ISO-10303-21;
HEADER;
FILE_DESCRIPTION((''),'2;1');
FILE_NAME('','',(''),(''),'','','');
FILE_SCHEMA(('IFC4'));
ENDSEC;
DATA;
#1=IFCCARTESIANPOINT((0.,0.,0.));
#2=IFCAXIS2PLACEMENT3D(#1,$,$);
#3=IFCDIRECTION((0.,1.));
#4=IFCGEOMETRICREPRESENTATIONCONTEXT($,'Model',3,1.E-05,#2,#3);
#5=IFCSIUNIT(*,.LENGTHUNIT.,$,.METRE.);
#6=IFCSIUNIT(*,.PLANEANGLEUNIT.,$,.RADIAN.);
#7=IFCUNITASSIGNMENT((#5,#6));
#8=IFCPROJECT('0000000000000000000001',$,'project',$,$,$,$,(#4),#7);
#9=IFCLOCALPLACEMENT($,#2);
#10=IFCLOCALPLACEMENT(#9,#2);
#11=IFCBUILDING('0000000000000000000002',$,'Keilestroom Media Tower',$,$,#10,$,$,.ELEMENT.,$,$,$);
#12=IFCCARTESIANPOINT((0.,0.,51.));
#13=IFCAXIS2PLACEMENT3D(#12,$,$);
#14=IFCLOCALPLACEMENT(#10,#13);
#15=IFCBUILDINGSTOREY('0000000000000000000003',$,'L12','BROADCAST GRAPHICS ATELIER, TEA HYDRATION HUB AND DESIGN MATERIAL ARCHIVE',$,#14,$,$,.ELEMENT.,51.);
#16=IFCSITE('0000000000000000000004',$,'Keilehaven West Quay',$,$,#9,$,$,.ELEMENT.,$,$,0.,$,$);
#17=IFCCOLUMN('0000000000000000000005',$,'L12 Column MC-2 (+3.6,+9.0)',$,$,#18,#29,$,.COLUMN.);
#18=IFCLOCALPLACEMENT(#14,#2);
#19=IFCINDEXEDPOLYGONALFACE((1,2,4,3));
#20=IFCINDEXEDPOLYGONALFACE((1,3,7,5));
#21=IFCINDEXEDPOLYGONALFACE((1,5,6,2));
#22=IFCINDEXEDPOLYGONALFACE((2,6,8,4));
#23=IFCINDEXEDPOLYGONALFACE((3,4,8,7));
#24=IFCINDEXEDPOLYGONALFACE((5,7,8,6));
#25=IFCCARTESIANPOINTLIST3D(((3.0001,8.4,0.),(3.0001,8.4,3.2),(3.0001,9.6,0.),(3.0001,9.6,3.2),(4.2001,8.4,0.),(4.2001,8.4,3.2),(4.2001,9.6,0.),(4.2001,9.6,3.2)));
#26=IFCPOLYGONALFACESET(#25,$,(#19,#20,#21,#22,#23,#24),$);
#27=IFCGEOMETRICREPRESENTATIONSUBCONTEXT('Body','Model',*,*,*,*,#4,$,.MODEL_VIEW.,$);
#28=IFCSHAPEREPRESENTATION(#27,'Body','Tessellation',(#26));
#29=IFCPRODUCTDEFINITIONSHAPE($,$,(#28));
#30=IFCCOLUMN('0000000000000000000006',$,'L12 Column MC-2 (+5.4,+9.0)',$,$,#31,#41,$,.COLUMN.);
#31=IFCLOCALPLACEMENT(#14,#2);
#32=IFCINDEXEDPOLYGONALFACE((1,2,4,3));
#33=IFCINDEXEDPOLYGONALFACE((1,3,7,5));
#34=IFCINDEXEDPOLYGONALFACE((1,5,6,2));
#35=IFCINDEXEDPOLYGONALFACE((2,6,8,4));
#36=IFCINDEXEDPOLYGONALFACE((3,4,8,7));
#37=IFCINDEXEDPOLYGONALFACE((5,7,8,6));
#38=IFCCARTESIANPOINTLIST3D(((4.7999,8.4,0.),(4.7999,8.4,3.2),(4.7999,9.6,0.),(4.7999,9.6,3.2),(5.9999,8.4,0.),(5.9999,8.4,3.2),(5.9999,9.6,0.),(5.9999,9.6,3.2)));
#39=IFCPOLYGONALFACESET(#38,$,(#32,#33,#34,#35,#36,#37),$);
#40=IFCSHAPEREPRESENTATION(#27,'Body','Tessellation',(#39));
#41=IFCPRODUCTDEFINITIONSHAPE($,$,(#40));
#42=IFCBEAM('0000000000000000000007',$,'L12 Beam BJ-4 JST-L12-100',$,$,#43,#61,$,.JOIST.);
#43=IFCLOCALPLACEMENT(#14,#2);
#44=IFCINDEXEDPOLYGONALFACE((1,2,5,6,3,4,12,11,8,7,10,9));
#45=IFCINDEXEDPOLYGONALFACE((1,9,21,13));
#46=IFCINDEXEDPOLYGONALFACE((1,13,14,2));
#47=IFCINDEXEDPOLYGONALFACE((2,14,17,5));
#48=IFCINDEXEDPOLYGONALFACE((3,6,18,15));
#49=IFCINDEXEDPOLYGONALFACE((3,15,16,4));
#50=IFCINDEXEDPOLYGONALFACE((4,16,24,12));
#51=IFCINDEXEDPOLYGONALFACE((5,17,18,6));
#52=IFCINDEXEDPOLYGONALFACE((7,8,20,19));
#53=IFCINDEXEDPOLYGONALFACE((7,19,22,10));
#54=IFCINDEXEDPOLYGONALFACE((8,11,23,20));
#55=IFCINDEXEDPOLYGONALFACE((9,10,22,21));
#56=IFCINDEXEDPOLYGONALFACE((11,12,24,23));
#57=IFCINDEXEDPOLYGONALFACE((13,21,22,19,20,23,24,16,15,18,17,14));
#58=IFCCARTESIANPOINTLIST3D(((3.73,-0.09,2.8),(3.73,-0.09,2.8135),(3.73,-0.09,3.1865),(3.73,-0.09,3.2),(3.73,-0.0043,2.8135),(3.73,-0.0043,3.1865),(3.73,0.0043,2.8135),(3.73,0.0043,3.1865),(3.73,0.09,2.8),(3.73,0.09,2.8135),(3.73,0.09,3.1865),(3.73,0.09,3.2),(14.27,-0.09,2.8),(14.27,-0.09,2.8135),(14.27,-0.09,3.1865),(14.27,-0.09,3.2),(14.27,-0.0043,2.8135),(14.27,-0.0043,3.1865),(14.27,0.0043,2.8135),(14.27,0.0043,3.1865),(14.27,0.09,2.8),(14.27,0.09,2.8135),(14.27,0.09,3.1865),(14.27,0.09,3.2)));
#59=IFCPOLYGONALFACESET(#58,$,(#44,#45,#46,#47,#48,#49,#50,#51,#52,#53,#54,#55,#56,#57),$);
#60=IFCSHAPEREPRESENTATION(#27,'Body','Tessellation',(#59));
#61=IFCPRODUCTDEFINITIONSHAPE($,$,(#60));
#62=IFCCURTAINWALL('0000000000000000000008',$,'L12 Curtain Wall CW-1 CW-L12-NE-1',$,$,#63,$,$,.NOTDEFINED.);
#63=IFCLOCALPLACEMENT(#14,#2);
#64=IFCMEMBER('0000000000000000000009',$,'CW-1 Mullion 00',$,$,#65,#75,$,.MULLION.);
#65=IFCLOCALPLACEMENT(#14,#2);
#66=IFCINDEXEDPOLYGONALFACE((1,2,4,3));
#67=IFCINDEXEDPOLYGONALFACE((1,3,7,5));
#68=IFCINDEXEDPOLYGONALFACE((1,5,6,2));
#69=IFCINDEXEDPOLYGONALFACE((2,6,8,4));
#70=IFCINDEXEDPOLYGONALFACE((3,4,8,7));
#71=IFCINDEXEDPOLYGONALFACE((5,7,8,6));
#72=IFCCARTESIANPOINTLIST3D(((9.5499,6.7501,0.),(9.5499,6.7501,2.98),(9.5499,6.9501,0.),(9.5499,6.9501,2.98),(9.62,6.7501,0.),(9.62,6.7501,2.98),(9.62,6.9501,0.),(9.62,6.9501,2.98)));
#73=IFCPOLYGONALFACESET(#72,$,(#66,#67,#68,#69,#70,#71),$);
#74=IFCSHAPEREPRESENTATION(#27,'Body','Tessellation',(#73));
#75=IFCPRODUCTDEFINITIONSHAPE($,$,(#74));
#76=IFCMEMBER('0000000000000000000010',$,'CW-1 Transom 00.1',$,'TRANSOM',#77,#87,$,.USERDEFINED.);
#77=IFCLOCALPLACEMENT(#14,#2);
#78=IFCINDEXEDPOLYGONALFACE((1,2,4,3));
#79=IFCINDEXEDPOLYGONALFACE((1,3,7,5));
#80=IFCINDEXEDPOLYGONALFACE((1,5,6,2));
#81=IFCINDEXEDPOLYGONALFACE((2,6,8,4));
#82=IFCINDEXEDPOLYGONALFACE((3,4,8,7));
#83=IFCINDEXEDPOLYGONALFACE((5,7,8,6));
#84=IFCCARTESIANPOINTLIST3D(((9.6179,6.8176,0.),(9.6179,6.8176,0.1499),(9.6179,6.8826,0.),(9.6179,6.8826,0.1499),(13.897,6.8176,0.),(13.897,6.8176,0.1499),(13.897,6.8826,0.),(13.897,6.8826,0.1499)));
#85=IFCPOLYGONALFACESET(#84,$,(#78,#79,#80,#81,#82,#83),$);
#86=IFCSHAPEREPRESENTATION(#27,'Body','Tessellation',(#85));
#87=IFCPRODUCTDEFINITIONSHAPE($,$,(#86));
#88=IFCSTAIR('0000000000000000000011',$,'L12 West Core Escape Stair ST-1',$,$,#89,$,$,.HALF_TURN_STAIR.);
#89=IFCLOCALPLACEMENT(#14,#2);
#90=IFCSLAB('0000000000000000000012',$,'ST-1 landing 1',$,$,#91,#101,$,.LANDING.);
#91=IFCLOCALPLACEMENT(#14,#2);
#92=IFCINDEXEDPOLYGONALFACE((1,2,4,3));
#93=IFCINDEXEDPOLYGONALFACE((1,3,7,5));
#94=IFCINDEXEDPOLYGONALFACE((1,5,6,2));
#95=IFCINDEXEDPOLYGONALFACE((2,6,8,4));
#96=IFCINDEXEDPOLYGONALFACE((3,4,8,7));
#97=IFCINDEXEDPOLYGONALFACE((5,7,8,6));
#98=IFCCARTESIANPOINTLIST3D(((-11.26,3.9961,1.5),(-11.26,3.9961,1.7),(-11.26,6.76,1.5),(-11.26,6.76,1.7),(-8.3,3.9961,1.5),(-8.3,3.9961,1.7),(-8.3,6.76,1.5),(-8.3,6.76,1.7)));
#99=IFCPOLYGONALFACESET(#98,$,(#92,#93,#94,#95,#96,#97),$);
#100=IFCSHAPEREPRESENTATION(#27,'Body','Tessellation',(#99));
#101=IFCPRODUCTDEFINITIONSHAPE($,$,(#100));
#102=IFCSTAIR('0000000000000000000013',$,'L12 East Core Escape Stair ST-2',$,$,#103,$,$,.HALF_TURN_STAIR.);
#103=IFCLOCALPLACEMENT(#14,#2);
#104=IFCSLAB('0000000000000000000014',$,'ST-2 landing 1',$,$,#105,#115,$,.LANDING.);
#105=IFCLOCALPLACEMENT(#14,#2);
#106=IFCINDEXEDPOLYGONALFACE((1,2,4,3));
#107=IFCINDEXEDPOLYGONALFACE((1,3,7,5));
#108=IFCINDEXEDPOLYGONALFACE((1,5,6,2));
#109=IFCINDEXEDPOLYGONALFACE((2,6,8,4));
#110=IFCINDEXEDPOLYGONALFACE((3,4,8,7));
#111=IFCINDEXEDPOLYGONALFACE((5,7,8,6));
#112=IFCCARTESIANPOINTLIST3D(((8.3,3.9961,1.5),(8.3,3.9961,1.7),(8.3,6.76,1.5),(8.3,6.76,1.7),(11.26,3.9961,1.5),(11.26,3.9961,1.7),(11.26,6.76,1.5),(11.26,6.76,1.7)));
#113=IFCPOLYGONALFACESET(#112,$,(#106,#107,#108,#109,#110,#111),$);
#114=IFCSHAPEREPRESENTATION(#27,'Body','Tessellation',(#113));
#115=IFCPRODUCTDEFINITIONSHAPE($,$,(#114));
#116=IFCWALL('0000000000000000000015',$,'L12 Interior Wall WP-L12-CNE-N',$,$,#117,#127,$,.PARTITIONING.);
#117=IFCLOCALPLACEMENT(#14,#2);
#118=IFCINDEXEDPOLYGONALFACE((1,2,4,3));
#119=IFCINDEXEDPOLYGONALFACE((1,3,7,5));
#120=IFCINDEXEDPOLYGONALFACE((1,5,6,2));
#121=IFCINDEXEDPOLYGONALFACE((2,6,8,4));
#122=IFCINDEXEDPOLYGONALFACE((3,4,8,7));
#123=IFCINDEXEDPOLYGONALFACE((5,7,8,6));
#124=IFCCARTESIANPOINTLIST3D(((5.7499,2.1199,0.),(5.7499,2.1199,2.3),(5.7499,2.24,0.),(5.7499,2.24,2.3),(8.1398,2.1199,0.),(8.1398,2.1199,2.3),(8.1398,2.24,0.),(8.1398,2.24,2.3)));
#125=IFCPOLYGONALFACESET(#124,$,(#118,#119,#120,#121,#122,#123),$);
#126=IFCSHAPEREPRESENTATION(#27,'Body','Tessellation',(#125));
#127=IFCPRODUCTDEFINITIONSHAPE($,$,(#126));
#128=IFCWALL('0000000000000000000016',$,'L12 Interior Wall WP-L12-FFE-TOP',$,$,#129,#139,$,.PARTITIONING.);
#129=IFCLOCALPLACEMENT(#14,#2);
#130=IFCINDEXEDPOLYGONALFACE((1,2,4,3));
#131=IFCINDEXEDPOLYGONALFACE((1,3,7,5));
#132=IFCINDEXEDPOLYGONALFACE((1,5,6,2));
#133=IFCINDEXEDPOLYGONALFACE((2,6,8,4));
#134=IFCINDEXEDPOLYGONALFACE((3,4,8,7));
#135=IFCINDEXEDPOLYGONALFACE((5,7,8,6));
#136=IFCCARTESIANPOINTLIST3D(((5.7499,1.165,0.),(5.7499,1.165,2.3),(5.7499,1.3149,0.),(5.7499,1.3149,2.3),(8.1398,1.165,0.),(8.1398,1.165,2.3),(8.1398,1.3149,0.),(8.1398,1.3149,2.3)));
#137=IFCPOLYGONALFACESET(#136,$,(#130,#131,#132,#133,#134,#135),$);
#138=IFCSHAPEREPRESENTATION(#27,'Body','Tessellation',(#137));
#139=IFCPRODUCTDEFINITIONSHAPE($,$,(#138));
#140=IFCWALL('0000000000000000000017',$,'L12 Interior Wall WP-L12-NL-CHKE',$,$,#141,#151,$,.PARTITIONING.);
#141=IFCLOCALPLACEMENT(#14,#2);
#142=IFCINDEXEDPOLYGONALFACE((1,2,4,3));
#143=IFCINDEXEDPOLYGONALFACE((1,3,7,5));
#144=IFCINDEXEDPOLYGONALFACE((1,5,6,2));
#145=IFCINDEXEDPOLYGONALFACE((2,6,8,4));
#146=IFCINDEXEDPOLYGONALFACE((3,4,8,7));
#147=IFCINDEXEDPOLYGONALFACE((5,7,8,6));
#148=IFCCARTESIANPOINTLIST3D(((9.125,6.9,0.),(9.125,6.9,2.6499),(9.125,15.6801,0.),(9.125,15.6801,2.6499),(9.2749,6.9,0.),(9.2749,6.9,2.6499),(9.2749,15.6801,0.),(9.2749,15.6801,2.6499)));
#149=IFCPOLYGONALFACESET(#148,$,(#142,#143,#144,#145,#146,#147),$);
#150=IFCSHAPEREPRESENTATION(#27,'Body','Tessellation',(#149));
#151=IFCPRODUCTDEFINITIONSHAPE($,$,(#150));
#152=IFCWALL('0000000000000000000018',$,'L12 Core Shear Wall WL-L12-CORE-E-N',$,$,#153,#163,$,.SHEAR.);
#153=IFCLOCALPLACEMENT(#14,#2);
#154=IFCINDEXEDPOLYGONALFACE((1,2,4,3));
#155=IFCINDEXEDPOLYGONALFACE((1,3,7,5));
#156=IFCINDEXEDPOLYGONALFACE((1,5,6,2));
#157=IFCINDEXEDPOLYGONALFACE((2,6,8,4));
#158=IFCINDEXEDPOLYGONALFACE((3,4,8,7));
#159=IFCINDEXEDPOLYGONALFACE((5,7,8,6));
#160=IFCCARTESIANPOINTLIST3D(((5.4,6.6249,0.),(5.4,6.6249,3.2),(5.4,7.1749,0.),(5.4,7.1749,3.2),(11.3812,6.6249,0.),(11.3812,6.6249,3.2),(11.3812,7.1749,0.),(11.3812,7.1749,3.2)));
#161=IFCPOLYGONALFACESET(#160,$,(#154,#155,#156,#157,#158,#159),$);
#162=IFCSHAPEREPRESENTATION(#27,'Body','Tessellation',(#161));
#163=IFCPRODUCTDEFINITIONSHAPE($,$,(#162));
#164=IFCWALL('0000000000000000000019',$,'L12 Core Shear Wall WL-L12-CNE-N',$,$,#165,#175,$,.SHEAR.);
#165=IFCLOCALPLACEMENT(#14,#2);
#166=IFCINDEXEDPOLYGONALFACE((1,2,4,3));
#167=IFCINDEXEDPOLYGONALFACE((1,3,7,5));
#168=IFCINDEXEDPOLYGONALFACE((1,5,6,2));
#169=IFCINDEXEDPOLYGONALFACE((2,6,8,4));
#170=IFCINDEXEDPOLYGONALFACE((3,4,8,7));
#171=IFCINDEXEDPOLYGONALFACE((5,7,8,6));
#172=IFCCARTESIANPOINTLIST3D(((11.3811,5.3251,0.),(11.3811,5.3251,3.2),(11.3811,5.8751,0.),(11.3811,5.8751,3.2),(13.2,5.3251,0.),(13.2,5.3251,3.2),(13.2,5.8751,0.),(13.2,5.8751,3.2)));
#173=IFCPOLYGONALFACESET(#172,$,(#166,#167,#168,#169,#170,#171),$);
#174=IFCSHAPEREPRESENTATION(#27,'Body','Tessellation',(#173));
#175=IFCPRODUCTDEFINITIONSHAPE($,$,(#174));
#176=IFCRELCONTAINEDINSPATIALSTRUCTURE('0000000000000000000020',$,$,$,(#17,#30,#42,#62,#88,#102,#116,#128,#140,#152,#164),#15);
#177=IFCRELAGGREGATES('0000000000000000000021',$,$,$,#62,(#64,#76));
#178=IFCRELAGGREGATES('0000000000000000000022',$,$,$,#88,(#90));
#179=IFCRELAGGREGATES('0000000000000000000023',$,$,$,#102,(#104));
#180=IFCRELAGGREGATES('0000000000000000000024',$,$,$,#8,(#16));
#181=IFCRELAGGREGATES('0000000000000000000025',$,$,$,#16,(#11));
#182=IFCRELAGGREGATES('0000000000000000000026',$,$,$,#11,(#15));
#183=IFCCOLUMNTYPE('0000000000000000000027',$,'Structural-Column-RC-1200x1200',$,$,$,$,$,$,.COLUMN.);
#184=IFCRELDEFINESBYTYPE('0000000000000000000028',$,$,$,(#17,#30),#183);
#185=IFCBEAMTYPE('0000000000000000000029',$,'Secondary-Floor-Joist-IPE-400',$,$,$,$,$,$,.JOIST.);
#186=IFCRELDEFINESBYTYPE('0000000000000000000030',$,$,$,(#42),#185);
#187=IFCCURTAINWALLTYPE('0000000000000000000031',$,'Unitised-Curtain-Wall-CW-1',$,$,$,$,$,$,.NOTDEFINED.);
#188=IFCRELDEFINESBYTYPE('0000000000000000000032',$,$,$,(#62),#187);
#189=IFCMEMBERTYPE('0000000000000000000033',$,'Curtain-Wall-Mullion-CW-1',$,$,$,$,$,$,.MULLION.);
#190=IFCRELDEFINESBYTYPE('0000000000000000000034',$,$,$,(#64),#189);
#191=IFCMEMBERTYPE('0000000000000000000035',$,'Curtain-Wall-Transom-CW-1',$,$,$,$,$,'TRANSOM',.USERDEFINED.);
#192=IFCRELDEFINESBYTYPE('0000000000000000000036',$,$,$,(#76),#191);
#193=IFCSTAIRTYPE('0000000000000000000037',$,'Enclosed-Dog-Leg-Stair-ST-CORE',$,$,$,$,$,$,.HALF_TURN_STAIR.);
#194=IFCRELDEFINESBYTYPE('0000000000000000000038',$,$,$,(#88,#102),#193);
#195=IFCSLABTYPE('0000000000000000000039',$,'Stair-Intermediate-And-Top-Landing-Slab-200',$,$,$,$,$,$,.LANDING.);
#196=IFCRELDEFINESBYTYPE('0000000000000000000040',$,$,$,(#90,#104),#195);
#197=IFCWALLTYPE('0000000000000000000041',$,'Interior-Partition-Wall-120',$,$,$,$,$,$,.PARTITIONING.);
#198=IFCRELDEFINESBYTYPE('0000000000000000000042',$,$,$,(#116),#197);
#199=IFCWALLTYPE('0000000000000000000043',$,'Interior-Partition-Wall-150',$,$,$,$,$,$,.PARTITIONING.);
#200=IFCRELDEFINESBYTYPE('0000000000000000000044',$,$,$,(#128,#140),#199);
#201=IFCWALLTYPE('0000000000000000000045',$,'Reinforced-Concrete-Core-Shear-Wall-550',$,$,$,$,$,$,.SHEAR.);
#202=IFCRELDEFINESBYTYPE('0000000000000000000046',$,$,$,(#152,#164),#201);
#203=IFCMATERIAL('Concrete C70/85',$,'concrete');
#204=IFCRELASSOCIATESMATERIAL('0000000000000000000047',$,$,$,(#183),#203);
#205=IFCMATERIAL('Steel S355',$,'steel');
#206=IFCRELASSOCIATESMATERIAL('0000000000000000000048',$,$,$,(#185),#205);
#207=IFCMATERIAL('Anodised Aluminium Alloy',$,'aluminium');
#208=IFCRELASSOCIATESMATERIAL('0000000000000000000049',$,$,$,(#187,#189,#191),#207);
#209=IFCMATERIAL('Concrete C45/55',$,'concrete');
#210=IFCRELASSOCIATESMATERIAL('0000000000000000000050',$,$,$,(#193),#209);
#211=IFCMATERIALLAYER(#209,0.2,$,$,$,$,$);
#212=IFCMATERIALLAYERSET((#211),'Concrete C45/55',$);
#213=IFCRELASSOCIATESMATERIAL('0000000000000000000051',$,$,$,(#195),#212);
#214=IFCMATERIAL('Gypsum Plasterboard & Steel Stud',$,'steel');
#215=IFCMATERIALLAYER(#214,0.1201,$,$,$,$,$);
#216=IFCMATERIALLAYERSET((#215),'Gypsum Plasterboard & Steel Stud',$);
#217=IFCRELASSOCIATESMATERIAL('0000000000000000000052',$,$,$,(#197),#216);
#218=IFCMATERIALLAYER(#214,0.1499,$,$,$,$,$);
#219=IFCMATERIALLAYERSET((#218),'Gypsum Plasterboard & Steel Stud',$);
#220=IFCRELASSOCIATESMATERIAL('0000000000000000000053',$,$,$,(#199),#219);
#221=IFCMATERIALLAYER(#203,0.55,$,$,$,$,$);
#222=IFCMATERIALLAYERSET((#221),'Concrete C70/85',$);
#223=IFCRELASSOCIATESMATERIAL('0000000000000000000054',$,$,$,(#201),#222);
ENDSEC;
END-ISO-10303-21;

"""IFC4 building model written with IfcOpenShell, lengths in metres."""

from ifc_helpers import new_model, si_unit, direction, frame, frame_2d, origin, origin_2d, place, context, subcontext, project, spatial, polyline, rectangle, i_section, outline, extrude, source, transform, mapped, material, layer, layer_set, material_profile, profile_set, type_object, element, aggregate, save


model = new_model("IFC4")

# Units and contexts
model_context = context("Model", 3, precision=1e-05, world=origin(), true_north=direction((0.0, 1.0)))
body_context = subcontext(model_context, "Body", "Model", "MODEL_VIEW")
ifc_project = project(units=[si_unit("LENGTHUNIT", "METRE"), si_unit("PLANEANGLEUNIT", "RADIAN")], contexts=[model_context])

# Site, building, storey
site_placement = place(None, origin())
site = spatial("IfcSite", under=ifc_project, at=site_placement, Name="Keilehaven West Quay", CompositionType="ELEMENT", RefElevation=0.0)
building_placement = place(site_placement, origin())
building = spatial("IfcBuilding", under=site, at=building_placement, Name="Keilestroom Media Tower", CompositionType="ELEMENT")
storey_placement = place(building_placement, frame((0.0, 0.0, 51.0)))
storey = spatial("IfcBuildingStorey", under=building, at=storey_placement, Name="L12", Description="BROADCAST GRAPHICS ATELIER, TEA HYDRATION HUB AND DESIGN MATERIAL ARCHIVE", CompositionType="ELEMENT", Elevation=51.0)

# Columns
ifc_material_1 = material(Name="Concrete C70/85", Category="concrete")
ifc_material_profile_1 = material_profile(ifc_material_1, rectangle(XDim=1.2, YDim=1.2, at=origin_2d()), Name="RC 1200x1200")
ifc_profile_set_1 = profile_set([ifc_material_profile_1], Name="Concrete C70/85")
column_type = type_object("IfcColumnType", Name="Structural-Column-RC-1200x1200", PredefinedType="COLUMN", material=ifc_profile_set_1)
shared_shape_1 = source(origin(), body_context, "Body", "SweptSolid", [
    extrude(rectangle(XDim=1.2, YDim=1.2, at=origin_2d()), origin(), (0.0, 0.0, 1.0), 3.2),
])
for number, where, z_axis, x_axis, name in (
    (1, (3.6001, 9.0, 0.0), (0.0, 0.0, 1.0), (1.0, 0.0, 0.0), "L12 Column MC-2 (+3.6,+9.0)"),
    (2, (5.3999, 9.0, 0.0), (0.0, 0.0, 1.0), (1.0, 0.0, 0.0), "L12 Column MC-2 (+5.4,+9.0)"),
):
    element("IfcColumn", number, at=place(storey_placement, frame(where, z_axis=z_axis, x_axis=x_axis)), inside=storey, type_object=column_type, Name=name, PredefinedType="COLUMN", context=body_context, shape_type="MappedRepresentation", body=[
        mapped(shared_shape_1, transform((0.0, 0.0, 0.0), x_axis=(1.0, 0.0, 0.0), y_axis=(0.0, 1.0, 0.0), z_axis=(0.0, 0.0, 1.0), scale=1.0)),
    ])

# Beam
ifc_material_2 = material(Name="Steel S355", Category="steel")
ifc_material_profile_2 = material_profile(ifc_material_2, i_section(OverallWidth=0.1799, OverallDepth=0.3999, WebThickness=0.0085, FlangeThickness=0.0134, at=origin_2d()), Name="IPE 400")
ifc_profile_set_2 = profile_set([ifc_material_profile_2], Name="Steel S355")
beam_type = type_object("IfcBeamType", Name="Secondary-Floor-Joist-IPE-400", PredefinedType="JOIST", material=ifc_profile_set_2)
shared_shape_2 = source(origin(), body_context, "Body", "SweptSolid", [
    extrude(i_section(OverallWidth=0.1799, OverallDepth=0.3999, WebThickness=0.0085, FlangeThickness=0.0134, at=origin_2d()), origin(), (0.0, 0.0, 1.0), 10.54),
])
beam_placement = place(storey_placement, frame((3.73, 0.0, 3.0), z_axis=(1.0, 0.0, 0.0), x_axis=(0.0, 1.0, 0.0)))
element("IfcBeam", 3, at=beam_placement, inside=storey, type_object=beam_type, Name="L12 Beam BJ-4 JST-L12-100", PredefinedType="JOIST", context=body_context, shape_type="MappedRepresentation", body=[
    mapped(shared_shape_2, transform((0.0, 0.0, 0.0), x_axis=(1.0, 0.0, 0.0), y_axis=(0.0, 1.0, 0.0), z_axis=(0.0, 0.0, 1.0), scale=1.0)),
])

# Curtain wall, members
ifc_material_3 = material(Name="Anodised Aluminium Alloy", Category="aluminium")
curtain_wall_type = type_object("IfcCurtainWallType", Name="Unitised-Curtain-Wall-CW-1", PredefinedType="NOTDEFINED", material=ifc_material_3)
curtain_wall_placement = place(storey_placement, origin())
curtain_wall = element("IfcCurtainWall", 4, at=curtain_wall_placement, inside=storey, type_object=curtain_wall_type, Name="L12 Curtain Wall CW-1 CW-L12-NE-1", PredefinedType="NOTDEFINED")
ifc_material_profile_3 = material_profile(ifc_material_3, rectangle(XDim=0.0701, YDim=0.2, at=origin_2d()), Name="ALU MULLION 70x200")
ifc_profile_set_3 = profile_set([ifc_material_profile_3], Name="Anodised Aluminium Alloy")
member_type_1 = type_object("IfcMemberType", Name="Curtain-Wall-Mullion-CW-1", PredefinedType="MULLION", material=ifc_profile_set_3)
shared_shape_3 = source(origin(), body_context, "Body", "SweptSolid", [
    extrude(rectangle(XDim=0.0701, YDim=0.2, at=origin_2d()), origin(), (0.0, 0.0, 1.0), 2.98),
])
member_1_placement = place(storey_placement, frame((9.585, 6.8501, 0.0), z_axis=(0.0, 0.0, 1.0), x_axis=(1.0, 0.0, 0.0)))
member_1 = element("IfcMember", 5, at=member_1_placement, type_object=member_type_1, Name="CW-1 Mullion 00", PredefinedType="MULLION", context=body_context, shape_type="MappedRepresentation", body=[
    mapped(shared_shape_3, transform((0.0, 0.0, 0.0), x_axis=(1.0, 0.0, 0.0), y_axis=(0.0, 1.0, 0.0), z_axis=(0.0, 0.0, 1.0), scale=1.0)),
])
ifc_material_profile_4 = material_profile(ifc_material_3, rectangle(XDim=0.0649, YDim=0.1499, at=origin_2d()), Name="ALU TRANSOM 65x150")
ifc_profile_set_4 = profile_set([ifc_material_profile_4], Name="Anodised Aluminium Alloy")
member_type_2 = type_object("IfcMemberType", Name="Curtain-Wall-Transom-CW-1", ElementType="TRANSOM", PredefinedType="USERDEFINED", material=ifc_profile_set_4)
shared_shape_4 = source(origin(), body_context, "Body", "SweptSolid", [
    extrude(rectangle(XDim=0.0649, YDim=0.1499, at=origin_2d()), origin(), (0.0, 0.0, 1.0), 4.2791),
])
member_2_placement = place(storey_placement, frame((9.6179, 6.8501, 0.075), z_axis=(1.0, 0.0, 0.0), x_axis=(0.0, 1.0, 0.0)))
member_2 = element("IfcMember", 6, at=member_2_placement, type_object=member_type_2, Name="CW-1 Transom 00.1", ObjectType="TRANSOM", PredefinedType="USERDEFINED", context=body_context, shape_type="MappedRepresentation", body=[
    mapped(shared_shape_4, transform((0.0, 0.0, 0.0), x_axis=(1.0, 0.0, 0.0), y_axis=(0.0, 1.0, 0.0), z_axis=(0.0, 0.0, 1.0), scale=1.0)),
])
aggregate(curtain_wall, [member_1, member_2])

# Stairs, slabs
ifc_material_4 = material(Name="Concrete C45/55", Category="concrete")
stair_type = type_object("IfcStairType", Name="Enclosed-Dog-Leg-Stair-ST-CORE", PredefinedType="HALF_TURN_STAIR", material=ifc_material_4)
stair_1_placement = place(storey_placement, origin())
stair_1 = element("IfcStair", 7, at=stair_1_placement, inside=storey, type_object=stair_type, Name="L12 West Core Escape Stair ST-1", PredefinedType="HALF_TURN_STAIR")
ifc_layer_1 = layer(ifc_material_4, 0.2)
ifc_layer_set_1 = layer_set([ifc_layer_1], Name="Concrete C45/55")
slab_type = type_object("IfcSlabType", Name="Stair-Intermediate-And-Top-Landing-Slab-200", PredefinedType="LANDING", material=ifc_layer_set_1)
slab_1_placement = place(storey_placement, frame((0.0, 0.0, 1.5)))
slab_1 = element("IfcSlab", 8, at=slab_1_placement, type_object=slab_type, Name="ST-1 landing 1", PredefinedType="LANDING", context=body_context, shape_type="SweptSolid", body=[
    extrude(outline(polyline([(-8.3, 3.9961), (-8.3, 6.76), (-11.26, 6.76), (-11.26, 3.9961), (-8.3, 3.9961)])), origin(), (0.0, 0.0, 1.0), 0.2),
])
aggregate(stair_1, [slab_1])
stair_2_placement = place(storey_placement, origin())
stair_2 = element("IfcStair", 9, at=stair_2_placement, inside=storey, type_object=stair_type, Name="L12 East Core Escape Stair ST-2", PredefinedType="HALF_TURN_STAIR")
slab_2_placement = place(storey_placement, frame((0.0, 0.0, 1.5)))
slab_2 = element("IfcSlab", 10, at=slab_2_placement, type_object=slab_type, Name="ST-2 landing 1", PredefinedType="LANDING", context=body_context, shape_type="SweptSolid", body=[
    extrude(outline(polyline([(11.26, 3.9961), (11.26, 6.76), (8.3, 6.76), (8.3, 3.9961), (11.26, 3.9961)])), origin(), (0.0, 0.0, 1.0), 0.2),
])

# Walls
ifc_material_5 = material(Name="Gypsum Plasterboard & Steel Stud", Category="steel")
ifc_layer_2 = layer(ifc_material_5, 0.1201)
ifc_layer_set_2 = layer_set([ifc_layer_2], Name="Gypsum Plasterboard & Steel Stud")
wall_type_1 = type_object("IfcWallType", Name="Interior-Partition-Wall-120", PredefinedType="PARTITIONING", material=ifc_layer_set_2)
wall_1_placement = place(storey_placement, frame((5.75, 2.1799, 0.0), z_axis=(0.0, 0.0, 1.0), x_axis=(1.0, 0.0, 0.0)))
element("IfcWall", 11, at=wall_1_placement, inside=storey, type_object=wall_type_1, Name="L12 Interior Wall WP-L12-CNE-N", PredefinedType="PARTITIONING", context=body_context, shape_type="SweptSolid", body=[
    extrude(rectangle(XDim=2.3899, YDim=0.1201, at=frame_2d((1.1948, 0.0))), origin(), (0.0, 0.0, 1.0), 2.3),
])
ifc_layer_3 = layer(ifc_material_5, 0.1499)
ifc_layer_set_3 = layer_set([ifc_layer_3], Name="Gypsum Plasterboard & Steel Stud")
wall_type_2 = type_object("IfcWallType", Name="Interior-Partition-Wall-150", PredefinedType="PARTITIONING", material=ifc_layer_set_3)
wall_2_placement = place(storey_placement, frame((5.75, 1.24, 0.0), z_axis=(0.0, 0.0, 1.0), x_axis=(1.0, 0.0, 0.0)))
element("IfcWall", 12, at=wall_2_placement, inside=storey, type_object=wall_type_2, Name="L12 Interior Wall WP-L12-FFE-TOP", PredefinedType="PARTITIONING", context=body_context, shape_type="SweptSolid", body=[
    extrude(rectangle(XDim=2.3899, YDim=0.1499, at=frame_2d((1.1948, 0.0))), origin(), (0.0, 0.0, 1.0), 2.3),
])
wall_3_placement = place(storey_placement, frame((9.2, 6.8999, 0.0), z_axis=(0.0, 0.0, 1.0), x_axis=(0.0, 1.0, 0.0)))
element("IfcWall", 13, at=wall_3_placement, inside=storey, type_object=wall_type_2, Name="L12 Interior Wall WP-L12-NL-CHKE", PredefinedType="PARTITIONING", context=body_context, shape_type="SweptSolid", body=[
    extrude(rectangle(XDim=8.78, YDim=0.1499, at=frame_2d((4.3901, 0.0))), origin(), (0.0, 0.0, 1.0), 2.6499),
])
ifc_layer_4 = layer(ifc_material_1, 0.55)
ifc_layer_set_4 = layer_set([ifc_layer_4], Name="Concrete C70/85")
wall_type_3 = type_object("IfcWallType", Name="Reinforced-Concrete-Core-Shear-Wall-550", PredefinedType="SHEAR", material=ifc_layer_set_4)
wall_4_placement = place(storey_placement, frame((5.3999, 6.8999, 0.0), z_axis=(0.0, 0.0, 1.0), x_axis=(1.0, 0.0, 0.0)))
element("IfcWall", 14, at=wall_4_placement, inside=storey, type_object=wall_type_3, Name="L12 Core Shear Wall WL-L12-CORE-E-N", PredefinedType="SHEAR", context=body_context, shape_type="SweptSolid", body=[
    extrude(rectangle(XDim=5.9812, YDim=0.55, at=frame_2d((2.9907, 0.0))), origin(), (0.0, 0.0, 1.0), 3.2),
])
wall_5_placement = place(storey_placement, frame((11.3811, 5.6001, 0.0), z_axis=(0.0, 0.0, 1.0), x_axis=(1.0, 0.0, 0.0)))
element("IfcWall", 15, at=wall_5_placement, inside=storey, type_object=wall_type_3, Name="L12 Core Shear Wall WL-L12-CNE-N", PredefinedType="SHEAR", context=body_context, shape_type="SweptSolid", body=[
    extrude(rectangle(XDim=1.8188, YDim=0.55, at=frame_2d((0.9094, 0.0))), origin(), (0.0, 0.0, 1.0), 3.2),
])

aggregate(stair_2, [slab_2])

save(model, "model.ifc")
